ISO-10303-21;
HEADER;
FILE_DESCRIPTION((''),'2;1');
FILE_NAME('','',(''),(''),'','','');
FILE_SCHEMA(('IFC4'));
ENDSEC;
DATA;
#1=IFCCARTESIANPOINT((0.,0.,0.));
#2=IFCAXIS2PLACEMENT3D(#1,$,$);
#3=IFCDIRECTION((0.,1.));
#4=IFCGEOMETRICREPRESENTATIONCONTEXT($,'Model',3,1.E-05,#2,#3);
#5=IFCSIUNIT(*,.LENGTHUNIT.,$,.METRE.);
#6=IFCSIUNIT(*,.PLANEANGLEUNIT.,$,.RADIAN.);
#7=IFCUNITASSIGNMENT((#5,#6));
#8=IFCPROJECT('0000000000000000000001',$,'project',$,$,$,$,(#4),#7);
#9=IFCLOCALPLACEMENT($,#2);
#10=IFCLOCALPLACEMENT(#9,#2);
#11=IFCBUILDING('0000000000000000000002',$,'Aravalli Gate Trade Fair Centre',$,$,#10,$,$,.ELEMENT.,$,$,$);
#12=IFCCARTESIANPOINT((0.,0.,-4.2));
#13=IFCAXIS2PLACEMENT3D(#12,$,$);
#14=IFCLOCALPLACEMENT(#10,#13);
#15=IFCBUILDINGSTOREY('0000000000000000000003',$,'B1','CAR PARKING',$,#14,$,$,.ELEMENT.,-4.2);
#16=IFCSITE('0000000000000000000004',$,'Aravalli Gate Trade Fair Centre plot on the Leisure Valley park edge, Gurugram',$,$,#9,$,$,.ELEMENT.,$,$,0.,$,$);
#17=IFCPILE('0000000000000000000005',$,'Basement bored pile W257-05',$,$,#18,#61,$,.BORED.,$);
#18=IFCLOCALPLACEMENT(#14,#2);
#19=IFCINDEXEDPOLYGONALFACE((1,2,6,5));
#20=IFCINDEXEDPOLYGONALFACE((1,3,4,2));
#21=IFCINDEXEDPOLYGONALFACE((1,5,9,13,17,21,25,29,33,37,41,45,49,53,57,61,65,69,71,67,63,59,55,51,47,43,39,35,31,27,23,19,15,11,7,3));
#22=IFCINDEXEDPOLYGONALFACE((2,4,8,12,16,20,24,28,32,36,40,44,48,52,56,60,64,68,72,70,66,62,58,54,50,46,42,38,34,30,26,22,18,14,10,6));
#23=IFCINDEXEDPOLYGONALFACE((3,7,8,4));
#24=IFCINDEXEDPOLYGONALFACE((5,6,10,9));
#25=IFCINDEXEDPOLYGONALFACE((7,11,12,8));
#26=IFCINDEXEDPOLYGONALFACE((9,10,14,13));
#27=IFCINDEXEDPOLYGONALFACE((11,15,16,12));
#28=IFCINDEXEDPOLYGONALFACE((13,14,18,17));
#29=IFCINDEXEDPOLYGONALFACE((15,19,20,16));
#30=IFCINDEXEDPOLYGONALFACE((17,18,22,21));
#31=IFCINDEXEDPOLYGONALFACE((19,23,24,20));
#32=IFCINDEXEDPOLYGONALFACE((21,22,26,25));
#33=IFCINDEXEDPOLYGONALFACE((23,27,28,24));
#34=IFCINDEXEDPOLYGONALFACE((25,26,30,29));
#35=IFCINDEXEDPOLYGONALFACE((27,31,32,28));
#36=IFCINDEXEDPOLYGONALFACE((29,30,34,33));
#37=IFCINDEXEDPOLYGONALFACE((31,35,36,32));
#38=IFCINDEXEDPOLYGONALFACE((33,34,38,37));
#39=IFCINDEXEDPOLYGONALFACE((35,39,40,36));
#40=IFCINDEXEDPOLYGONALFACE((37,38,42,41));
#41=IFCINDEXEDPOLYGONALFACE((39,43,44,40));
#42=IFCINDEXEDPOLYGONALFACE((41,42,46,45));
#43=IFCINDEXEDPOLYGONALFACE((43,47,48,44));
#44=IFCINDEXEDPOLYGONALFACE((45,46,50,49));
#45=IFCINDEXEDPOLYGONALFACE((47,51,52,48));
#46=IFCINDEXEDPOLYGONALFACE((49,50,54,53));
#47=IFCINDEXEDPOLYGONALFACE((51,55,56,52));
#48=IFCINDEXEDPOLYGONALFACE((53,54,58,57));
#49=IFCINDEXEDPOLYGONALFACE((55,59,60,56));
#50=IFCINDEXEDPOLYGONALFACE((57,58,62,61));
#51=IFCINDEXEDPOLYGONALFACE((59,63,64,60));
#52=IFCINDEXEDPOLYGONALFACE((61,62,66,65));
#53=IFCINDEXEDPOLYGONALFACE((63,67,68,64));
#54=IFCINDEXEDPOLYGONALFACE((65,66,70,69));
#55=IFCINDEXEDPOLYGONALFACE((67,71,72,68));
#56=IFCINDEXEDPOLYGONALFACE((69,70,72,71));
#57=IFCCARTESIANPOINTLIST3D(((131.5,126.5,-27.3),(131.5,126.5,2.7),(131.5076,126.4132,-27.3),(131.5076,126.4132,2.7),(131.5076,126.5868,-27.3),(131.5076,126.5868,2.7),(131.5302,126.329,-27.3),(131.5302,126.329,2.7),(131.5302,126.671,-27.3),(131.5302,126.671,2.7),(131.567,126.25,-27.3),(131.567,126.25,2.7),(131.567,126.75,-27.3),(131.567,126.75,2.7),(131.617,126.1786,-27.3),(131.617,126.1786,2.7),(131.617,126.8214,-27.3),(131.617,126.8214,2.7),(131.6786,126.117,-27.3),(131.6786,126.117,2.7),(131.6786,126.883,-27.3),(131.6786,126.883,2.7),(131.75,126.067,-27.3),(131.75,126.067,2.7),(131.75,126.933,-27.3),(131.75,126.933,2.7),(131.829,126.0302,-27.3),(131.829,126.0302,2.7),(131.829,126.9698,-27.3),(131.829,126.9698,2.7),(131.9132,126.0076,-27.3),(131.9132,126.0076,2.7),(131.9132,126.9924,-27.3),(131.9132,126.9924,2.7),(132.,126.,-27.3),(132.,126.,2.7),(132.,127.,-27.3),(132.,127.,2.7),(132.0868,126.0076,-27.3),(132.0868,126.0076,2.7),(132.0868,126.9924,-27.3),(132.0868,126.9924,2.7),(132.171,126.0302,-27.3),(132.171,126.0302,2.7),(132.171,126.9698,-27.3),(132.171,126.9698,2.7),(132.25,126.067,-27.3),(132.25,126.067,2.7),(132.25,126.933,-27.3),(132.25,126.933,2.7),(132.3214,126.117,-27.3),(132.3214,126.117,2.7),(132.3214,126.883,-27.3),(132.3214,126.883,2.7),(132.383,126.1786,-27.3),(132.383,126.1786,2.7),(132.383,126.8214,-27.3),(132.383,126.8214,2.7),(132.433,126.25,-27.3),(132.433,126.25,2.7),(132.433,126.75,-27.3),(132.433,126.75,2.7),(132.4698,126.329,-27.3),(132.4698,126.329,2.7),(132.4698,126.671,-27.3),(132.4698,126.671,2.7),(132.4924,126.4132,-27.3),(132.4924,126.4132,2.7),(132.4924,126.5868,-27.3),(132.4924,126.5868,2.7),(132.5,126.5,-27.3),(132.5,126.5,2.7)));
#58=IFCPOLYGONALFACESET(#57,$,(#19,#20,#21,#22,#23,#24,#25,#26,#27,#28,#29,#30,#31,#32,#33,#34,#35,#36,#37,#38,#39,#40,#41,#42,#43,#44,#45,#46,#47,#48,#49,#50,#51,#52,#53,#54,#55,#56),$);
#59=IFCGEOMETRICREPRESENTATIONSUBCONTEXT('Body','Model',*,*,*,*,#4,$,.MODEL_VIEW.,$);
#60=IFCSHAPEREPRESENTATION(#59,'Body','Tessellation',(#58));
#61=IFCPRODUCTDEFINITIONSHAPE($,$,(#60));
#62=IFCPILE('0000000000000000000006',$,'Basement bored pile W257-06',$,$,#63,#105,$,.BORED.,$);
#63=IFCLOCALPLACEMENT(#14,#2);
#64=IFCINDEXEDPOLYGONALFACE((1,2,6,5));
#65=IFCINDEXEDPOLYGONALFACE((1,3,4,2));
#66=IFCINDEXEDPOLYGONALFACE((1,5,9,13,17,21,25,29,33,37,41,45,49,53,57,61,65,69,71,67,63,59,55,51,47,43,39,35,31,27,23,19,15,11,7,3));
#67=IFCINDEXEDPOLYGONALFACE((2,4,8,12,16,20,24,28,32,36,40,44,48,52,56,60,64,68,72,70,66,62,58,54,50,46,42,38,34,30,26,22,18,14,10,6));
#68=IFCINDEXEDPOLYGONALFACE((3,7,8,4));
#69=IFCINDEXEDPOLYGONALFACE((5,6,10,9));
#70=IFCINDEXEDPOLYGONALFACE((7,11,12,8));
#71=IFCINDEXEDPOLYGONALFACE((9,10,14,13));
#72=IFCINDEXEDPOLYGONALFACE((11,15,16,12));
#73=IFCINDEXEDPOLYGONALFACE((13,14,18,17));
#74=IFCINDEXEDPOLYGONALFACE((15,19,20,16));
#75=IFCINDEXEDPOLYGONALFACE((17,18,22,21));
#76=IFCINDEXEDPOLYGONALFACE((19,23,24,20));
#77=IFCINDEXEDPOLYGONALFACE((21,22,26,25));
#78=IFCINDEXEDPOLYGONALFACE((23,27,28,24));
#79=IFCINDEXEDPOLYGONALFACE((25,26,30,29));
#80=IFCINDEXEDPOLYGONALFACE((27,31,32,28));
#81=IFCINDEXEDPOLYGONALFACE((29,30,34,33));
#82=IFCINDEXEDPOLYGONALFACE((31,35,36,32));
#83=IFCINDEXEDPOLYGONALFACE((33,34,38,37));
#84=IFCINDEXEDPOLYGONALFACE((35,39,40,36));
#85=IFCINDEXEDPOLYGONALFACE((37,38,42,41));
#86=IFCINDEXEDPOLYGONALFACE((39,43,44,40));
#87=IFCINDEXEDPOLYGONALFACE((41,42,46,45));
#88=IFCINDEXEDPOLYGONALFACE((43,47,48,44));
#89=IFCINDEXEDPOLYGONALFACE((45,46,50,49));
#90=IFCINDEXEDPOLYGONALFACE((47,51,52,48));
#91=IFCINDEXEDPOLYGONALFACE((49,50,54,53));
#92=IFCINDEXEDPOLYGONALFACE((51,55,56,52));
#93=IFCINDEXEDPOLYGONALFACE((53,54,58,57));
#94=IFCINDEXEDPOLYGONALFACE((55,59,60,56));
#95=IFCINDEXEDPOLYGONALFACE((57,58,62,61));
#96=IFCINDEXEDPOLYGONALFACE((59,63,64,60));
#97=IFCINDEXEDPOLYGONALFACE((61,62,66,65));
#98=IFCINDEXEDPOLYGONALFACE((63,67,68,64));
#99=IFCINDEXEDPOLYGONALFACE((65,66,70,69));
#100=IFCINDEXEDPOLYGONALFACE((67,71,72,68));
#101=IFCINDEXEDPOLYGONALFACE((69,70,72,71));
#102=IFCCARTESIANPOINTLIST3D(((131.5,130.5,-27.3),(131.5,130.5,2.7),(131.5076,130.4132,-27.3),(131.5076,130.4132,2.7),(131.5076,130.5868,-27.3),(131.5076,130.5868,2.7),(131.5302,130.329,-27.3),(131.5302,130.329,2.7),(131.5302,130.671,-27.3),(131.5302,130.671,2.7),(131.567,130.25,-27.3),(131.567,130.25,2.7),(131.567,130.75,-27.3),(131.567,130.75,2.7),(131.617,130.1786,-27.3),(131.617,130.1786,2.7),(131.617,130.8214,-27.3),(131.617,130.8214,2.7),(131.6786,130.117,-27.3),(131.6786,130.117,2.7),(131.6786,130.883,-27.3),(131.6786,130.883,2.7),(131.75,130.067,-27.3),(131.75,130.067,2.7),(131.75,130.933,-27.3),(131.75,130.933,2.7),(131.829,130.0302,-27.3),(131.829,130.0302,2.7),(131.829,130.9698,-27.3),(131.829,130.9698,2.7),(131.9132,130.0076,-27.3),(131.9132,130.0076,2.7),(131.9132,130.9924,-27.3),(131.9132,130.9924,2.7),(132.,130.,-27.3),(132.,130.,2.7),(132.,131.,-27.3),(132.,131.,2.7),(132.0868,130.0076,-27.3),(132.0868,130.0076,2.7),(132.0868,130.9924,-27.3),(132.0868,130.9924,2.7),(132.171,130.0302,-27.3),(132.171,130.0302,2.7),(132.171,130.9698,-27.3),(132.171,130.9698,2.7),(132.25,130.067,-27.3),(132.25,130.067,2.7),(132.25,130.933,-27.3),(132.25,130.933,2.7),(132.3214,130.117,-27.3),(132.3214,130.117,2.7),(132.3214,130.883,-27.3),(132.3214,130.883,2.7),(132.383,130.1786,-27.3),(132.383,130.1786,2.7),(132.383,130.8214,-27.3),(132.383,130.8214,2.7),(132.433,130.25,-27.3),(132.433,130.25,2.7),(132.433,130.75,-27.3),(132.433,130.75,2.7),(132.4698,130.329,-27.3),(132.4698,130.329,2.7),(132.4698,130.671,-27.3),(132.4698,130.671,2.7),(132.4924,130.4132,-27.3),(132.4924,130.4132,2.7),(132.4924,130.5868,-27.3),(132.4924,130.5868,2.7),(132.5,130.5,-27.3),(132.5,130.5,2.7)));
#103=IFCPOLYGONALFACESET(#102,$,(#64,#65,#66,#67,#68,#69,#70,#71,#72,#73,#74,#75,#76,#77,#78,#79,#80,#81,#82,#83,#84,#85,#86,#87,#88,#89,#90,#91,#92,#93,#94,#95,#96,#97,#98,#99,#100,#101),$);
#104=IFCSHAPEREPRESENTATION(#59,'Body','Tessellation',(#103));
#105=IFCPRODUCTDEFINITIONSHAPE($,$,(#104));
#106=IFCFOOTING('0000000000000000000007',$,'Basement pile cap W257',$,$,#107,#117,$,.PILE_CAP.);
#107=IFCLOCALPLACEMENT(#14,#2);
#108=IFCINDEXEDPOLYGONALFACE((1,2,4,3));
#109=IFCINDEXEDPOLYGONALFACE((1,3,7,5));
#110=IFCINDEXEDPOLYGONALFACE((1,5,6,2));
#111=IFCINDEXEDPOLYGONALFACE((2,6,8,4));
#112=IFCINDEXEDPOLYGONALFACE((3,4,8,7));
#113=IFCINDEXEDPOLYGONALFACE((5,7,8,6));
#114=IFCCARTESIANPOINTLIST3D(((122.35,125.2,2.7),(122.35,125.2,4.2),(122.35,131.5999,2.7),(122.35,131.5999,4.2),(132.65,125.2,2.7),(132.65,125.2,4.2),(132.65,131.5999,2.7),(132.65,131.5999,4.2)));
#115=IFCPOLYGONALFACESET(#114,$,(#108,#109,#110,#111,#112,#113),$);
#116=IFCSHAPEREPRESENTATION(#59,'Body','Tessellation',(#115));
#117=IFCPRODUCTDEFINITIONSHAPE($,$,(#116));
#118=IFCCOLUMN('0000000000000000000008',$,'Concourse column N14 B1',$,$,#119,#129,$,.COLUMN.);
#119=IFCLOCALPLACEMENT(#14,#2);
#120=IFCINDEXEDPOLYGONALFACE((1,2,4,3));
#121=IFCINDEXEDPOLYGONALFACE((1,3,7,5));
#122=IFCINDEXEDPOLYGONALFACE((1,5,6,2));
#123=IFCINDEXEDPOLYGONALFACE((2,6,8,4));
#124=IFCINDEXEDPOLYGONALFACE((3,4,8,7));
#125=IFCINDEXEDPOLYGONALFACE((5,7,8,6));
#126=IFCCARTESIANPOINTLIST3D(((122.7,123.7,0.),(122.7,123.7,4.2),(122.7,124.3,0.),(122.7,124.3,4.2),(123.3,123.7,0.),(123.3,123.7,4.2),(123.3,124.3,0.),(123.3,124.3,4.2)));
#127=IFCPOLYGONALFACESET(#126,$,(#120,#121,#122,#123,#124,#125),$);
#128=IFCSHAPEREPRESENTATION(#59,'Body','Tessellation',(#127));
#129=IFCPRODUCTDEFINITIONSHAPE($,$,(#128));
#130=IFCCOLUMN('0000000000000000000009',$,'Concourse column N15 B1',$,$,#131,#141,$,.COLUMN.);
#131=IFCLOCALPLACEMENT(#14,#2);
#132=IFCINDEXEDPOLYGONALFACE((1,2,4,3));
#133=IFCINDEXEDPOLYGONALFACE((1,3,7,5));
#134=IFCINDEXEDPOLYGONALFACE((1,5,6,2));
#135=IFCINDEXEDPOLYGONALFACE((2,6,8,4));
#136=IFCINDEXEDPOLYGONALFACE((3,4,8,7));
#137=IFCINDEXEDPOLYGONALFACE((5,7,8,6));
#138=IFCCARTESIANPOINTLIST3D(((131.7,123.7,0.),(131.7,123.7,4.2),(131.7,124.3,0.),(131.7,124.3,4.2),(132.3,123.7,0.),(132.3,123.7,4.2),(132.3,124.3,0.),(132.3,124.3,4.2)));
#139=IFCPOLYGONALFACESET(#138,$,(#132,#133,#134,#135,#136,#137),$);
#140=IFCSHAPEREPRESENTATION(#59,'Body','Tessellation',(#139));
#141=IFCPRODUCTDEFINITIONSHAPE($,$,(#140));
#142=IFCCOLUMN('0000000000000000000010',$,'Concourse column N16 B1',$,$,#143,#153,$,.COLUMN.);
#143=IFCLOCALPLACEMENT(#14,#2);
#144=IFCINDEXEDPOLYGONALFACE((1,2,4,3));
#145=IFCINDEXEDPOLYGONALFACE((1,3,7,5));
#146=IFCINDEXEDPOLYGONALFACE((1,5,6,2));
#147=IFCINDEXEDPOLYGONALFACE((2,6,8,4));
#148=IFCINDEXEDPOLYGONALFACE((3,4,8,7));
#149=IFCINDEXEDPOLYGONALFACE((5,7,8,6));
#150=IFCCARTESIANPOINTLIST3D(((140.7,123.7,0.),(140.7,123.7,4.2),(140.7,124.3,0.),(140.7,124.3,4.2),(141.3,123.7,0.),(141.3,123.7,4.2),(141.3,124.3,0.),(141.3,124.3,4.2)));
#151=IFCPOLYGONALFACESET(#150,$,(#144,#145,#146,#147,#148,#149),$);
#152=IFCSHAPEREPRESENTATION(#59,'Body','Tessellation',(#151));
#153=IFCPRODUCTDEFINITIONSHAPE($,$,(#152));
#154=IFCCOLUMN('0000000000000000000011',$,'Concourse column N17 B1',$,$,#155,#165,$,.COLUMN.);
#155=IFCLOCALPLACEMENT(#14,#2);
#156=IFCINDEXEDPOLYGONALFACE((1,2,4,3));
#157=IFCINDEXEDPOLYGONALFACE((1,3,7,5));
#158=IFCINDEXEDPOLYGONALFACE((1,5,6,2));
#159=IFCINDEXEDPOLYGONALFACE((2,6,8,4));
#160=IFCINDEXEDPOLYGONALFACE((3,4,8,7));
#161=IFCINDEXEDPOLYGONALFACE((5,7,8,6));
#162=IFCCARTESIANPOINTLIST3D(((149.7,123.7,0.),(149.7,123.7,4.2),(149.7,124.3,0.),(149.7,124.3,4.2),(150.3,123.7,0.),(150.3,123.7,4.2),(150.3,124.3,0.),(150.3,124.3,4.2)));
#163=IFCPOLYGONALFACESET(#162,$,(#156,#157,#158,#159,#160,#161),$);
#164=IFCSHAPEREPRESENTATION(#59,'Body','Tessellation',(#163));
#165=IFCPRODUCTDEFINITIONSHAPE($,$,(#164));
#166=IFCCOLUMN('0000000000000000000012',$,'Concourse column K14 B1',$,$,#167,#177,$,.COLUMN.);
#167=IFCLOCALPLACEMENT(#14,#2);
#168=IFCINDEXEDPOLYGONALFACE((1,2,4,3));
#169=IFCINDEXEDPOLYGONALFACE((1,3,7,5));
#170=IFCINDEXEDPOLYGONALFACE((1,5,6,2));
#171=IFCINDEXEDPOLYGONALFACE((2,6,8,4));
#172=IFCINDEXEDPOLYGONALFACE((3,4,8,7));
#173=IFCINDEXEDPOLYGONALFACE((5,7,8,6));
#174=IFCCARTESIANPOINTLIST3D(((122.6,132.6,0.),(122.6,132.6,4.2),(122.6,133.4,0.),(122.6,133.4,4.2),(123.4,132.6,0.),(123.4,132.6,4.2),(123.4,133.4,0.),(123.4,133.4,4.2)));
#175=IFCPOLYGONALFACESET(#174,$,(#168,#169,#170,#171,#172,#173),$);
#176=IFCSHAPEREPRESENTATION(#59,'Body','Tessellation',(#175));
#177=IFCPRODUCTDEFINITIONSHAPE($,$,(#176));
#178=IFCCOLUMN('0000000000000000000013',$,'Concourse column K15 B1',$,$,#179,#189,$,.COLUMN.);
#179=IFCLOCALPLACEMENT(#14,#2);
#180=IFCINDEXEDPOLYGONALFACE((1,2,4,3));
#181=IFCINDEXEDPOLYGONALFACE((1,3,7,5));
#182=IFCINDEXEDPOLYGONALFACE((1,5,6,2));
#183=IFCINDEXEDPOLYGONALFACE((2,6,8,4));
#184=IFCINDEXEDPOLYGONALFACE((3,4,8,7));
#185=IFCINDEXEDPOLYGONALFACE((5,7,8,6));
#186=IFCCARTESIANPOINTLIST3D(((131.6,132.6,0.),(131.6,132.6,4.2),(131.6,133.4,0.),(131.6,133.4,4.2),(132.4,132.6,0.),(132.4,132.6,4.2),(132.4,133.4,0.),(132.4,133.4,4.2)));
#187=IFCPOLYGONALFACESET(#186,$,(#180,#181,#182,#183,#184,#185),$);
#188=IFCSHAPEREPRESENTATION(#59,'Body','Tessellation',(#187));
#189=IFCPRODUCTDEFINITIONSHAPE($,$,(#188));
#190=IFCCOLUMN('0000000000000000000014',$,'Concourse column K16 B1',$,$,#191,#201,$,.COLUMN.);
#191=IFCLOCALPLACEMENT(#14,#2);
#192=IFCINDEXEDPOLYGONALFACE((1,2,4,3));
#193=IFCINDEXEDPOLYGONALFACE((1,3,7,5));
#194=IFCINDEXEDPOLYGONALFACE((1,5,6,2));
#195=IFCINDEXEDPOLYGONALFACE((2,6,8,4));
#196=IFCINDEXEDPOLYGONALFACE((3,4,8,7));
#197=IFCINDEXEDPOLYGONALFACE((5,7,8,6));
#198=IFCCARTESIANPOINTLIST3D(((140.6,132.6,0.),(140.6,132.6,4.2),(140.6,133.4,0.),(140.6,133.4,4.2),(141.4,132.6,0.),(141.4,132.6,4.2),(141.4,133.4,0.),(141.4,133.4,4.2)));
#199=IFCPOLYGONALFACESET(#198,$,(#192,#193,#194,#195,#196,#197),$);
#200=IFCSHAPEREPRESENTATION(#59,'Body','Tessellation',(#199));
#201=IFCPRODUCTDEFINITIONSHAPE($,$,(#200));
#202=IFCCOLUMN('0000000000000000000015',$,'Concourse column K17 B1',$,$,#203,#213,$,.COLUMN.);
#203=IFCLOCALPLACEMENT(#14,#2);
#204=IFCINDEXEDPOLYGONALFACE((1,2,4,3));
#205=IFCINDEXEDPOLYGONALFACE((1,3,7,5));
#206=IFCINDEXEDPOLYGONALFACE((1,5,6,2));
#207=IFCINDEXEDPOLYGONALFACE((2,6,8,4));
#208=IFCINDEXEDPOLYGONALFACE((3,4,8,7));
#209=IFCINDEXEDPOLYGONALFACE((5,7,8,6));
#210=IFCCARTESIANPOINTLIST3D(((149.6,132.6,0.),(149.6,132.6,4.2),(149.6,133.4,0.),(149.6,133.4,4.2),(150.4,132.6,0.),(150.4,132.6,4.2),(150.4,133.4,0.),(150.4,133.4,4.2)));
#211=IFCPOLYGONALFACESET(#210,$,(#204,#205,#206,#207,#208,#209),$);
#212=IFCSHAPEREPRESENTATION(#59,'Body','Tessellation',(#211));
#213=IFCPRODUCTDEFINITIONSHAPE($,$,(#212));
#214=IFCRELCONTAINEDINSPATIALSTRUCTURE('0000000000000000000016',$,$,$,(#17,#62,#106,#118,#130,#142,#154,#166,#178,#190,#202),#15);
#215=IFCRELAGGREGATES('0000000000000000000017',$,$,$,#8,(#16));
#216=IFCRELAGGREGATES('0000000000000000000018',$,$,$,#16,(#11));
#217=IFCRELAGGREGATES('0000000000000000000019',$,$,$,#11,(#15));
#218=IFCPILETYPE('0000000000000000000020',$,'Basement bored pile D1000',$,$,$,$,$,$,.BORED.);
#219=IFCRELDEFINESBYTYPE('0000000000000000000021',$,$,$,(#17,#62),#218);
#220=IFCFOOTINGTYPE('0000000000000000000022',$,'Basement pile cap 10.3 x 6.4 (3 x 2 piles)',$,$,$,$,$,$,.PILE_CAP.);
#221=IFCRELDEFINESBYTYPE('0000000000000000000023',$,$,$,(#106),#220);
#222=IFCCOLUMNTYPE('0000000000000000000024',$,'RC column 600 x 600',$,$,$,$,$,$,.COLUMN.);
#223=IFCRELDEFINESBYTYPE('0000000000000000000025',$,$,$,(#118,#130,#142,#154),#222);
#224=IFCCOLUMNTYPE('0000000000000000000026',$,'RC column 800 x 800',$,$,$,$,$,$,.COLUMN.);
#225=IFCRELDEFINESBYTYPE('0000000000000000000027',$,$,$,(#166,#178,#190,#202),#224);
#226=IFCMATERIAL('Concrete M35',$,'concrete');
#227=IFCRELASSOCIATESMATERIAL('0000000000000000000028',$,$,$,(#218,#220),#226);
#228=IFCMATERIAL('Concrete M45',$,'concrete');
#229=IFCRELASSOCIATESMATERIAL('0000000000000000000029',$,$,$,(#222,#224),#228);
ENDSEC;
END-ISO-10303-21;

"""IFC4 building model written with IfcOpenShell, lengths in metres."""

from ifc_helpers import new_model, si_unit, direction, frame, origin, origin_2d, place, context, subcontext, project, spatial, rectangle, circle, extrude, material, material_profile, profile_set, type_object, element, save


model = new_model("IFC4")

# Units and contexts
model_context = context("Model", 3, precision=1e-05, world=origin(), true_north=direction((0.0, 1.0)))
body_context = subcontext(model_context, "Body", "Model", "MODEL_VIEW")
ifc_project = project(units=[si_unit("LENGTHUNIT", "METRE"), si_unit("PLANEANGLEUNIT", "RADIAN")], contexts=[model_context])

# Site, building, storey
site_placement = place(None, origin())
site = spatial("IfcSite", under=ifc_project, at=site_placement, Name="Aravalli Gate Trade Fair Centre plot on the Leisure Valley park edge, Gurugram", CompositionType="ELEMENT", RefElevation=0.0)
building_placement = place(site_placement, origin())
building = spatial("IfcBuilding", under=site, at=building_placement, Name="Aravalli Gate Trade Fair Centre", CompositionType="ELEMENT")
storey_placement = place(building_placement, frame((0.0, 0.0, -4.2)))
storey = spatial("IfcBuildingStorey", under=building, at=storey_placement, Name="B1", Description="CAR PARKING", CompositionType="ELEMENT", Elevation=-4.2)

# Piles
ifc_material_1 = material(Name="Concrete M35", Category="concrete")
ifc_material_profile_1 = material_profile(ifc_material_1, circle(Radius=0.5, at=origin_2d()), Name="D1000")
ifc_profile_set_1 = profile_set([ifc_material_profile_1], Name="Concrete M35")
pile_type = type_object("IfcPileType", Name="Basement bored pile D1000", PredefinedType="BORED", material=ifc_profile_set_1)
for number, where, z_axis, x_axis, name in (
    (1, (132.0, 126.5, 2.7), (0.0, 0.0, -1.0), (1.0, 0.0, 0.0), "Basement bored pile W257-05"),
    (2, (132.0, 130.5, 2.7), (0.0, 0.0, -1.0), (1.0, 0.0, 0.0), "Basement bored pile W257-06"),
):
    element("IfcPile", number, at=place(storey_placement, frame(where, z_axis=z_axis, x_axis=x_axis)), inside=storey, type_object=pile_type, Name=name, PredefinedType="BORED", context=body_context, shape_type="SweptSolid", body=[
        extrude(circle(Radius=0.5, at=origin_2d()), origin(), (0.0, 0.0, 1.0), 30.0),
    ])

# Footing
footing_type = type_object("IfcFootingType", Name="Basement pile cap 10.3 x 6.4 (3 x 2 piles)", PredefinedType="PILE_CAP", material=ifc_material_1)
footing_placement = place(storey_placement, frame((127.5, 128.3999, 2.7), z_axis=(0.0, 0.0, 1.0), x_axis=(1.0, 0.0, 0.0)))
element("IfcFooting", 3, at=footing_placement, inside=storey, type_object=footing_type, Name="Basement pile cap W257", PredefinedType="PILE_CAP", context=body_context, shape_type="SweptSolid", body=[
    extrude(rectangle(XDim=10.3, YDim=6.3999, at=origin_2d()), origin(), (0.0, 0.0, 1.0), 1.5),
])

# Columns
ifc_material_2 = material(Name="Concrete M45", Category="concrete")
ifc_material_profile_2 = material_profile(ifc_material_2, rectangle(XDim=0.6001, YDim=0.6001, at=origin_2d()), Name="RC column 600 x 600")
ifc_profile_set_2 = profile_set([ifc_material_profile_2], Name="Concrete M45")
column_type_1 = type_object("IfcColumnType", Name="RC column 600 x 600", PredefinedType="COLUMN", material=ifc_profile_set_2)
for number, where, z_axis, x_axis, name in (
    (4, (123.0, 124.0, 0.0), (0.0, 0.0, 1.0), (1.0, 0.0, 0.0), "Concourse column N14 B1"),
    (5, (132.0, 124.0, 0.0), (0.0, 0.0, 1.0), (1.0, 0.0, 0.0), "Concourse column N15 B1"),
    (6, (141.0, 124.0, 0.0), (0.0, 0.0, 1.0), (1.0, 0.0, 0.0), "Concourse column N16 B1"),
    (7, (150.0, 124.0, 0.0), (0.0, 0.0, 1.0), (1.0, 0.0, 0.0), "Concourse column N17 B1"),
):
    element("IfcColumn", number, at=place(storey_placement, frame(where, z_axis=z_axis, x_axis=x_axis)), inside=storey, type_object=column_type_1, Name=name, PredefinedType="COLUMN", context=body_context, shape_type="SweptSolid", body=[
        extrude(rectangle(XDim=0.6001, YDim=0.6001, at=origin_2d()), origin(), (0.0, 0.0, 1.0), 4.2),
    ])
ifc_material_profile_3 = material_profile(ifc_material_2, rectangle(XDim=0.8, YDim=0.8, at=origin_2d()), Name="RC column 800 x 800")
ifc_profile_set_3 = profile_set([ifc_material_profile_3], Name="Concrete M45")
column_type_2 = type_object("IfcColumnType", Name="RC column 800 x 800", PredefinedType="COLUMN", material=ifc_profile_set_3)
for number, where, z_axis, x_axis, name in (
    (8, (123.0, 133.0, 0.0), (0.0, 0.0, 1.0), (1.0, 0.0, 0.0), "Concourse column K14 B1"),
    (9, (132.0, 133.0, 0.0), (0.0, 0.0, 1.0), (1.0, 0.0, 0.0), "Concourse column K15 B1"),
    (10, (141.0, 133.0, 0.0), (0.0, 0.0, 1.0), (1.0, 0.0, 0.0), "Concourse column K16 B1"),
    (11, (150.0, 133.0, 0.0), (0.0, 0.0, 1.0), (1.0, 0.0, 0.0), "Concourse column K17 B1"),
):
    element("IfcColumn", number, at=place(storey_placement, frame(where, z_axis=z_axis, x_axis=x_axis)), inside=storey, type_object=column_type_2, Name=name, PredefinedType="COLUMN", context=body_context, shape_type="SweptSolid", body=[
        extrude(rectangle(XDim=0.8, YDim=0.8, at=origin_2d()), origin(), (0.0, 0.0, 1.0), 4.2),
    ])

save(model, "model.ifc")
